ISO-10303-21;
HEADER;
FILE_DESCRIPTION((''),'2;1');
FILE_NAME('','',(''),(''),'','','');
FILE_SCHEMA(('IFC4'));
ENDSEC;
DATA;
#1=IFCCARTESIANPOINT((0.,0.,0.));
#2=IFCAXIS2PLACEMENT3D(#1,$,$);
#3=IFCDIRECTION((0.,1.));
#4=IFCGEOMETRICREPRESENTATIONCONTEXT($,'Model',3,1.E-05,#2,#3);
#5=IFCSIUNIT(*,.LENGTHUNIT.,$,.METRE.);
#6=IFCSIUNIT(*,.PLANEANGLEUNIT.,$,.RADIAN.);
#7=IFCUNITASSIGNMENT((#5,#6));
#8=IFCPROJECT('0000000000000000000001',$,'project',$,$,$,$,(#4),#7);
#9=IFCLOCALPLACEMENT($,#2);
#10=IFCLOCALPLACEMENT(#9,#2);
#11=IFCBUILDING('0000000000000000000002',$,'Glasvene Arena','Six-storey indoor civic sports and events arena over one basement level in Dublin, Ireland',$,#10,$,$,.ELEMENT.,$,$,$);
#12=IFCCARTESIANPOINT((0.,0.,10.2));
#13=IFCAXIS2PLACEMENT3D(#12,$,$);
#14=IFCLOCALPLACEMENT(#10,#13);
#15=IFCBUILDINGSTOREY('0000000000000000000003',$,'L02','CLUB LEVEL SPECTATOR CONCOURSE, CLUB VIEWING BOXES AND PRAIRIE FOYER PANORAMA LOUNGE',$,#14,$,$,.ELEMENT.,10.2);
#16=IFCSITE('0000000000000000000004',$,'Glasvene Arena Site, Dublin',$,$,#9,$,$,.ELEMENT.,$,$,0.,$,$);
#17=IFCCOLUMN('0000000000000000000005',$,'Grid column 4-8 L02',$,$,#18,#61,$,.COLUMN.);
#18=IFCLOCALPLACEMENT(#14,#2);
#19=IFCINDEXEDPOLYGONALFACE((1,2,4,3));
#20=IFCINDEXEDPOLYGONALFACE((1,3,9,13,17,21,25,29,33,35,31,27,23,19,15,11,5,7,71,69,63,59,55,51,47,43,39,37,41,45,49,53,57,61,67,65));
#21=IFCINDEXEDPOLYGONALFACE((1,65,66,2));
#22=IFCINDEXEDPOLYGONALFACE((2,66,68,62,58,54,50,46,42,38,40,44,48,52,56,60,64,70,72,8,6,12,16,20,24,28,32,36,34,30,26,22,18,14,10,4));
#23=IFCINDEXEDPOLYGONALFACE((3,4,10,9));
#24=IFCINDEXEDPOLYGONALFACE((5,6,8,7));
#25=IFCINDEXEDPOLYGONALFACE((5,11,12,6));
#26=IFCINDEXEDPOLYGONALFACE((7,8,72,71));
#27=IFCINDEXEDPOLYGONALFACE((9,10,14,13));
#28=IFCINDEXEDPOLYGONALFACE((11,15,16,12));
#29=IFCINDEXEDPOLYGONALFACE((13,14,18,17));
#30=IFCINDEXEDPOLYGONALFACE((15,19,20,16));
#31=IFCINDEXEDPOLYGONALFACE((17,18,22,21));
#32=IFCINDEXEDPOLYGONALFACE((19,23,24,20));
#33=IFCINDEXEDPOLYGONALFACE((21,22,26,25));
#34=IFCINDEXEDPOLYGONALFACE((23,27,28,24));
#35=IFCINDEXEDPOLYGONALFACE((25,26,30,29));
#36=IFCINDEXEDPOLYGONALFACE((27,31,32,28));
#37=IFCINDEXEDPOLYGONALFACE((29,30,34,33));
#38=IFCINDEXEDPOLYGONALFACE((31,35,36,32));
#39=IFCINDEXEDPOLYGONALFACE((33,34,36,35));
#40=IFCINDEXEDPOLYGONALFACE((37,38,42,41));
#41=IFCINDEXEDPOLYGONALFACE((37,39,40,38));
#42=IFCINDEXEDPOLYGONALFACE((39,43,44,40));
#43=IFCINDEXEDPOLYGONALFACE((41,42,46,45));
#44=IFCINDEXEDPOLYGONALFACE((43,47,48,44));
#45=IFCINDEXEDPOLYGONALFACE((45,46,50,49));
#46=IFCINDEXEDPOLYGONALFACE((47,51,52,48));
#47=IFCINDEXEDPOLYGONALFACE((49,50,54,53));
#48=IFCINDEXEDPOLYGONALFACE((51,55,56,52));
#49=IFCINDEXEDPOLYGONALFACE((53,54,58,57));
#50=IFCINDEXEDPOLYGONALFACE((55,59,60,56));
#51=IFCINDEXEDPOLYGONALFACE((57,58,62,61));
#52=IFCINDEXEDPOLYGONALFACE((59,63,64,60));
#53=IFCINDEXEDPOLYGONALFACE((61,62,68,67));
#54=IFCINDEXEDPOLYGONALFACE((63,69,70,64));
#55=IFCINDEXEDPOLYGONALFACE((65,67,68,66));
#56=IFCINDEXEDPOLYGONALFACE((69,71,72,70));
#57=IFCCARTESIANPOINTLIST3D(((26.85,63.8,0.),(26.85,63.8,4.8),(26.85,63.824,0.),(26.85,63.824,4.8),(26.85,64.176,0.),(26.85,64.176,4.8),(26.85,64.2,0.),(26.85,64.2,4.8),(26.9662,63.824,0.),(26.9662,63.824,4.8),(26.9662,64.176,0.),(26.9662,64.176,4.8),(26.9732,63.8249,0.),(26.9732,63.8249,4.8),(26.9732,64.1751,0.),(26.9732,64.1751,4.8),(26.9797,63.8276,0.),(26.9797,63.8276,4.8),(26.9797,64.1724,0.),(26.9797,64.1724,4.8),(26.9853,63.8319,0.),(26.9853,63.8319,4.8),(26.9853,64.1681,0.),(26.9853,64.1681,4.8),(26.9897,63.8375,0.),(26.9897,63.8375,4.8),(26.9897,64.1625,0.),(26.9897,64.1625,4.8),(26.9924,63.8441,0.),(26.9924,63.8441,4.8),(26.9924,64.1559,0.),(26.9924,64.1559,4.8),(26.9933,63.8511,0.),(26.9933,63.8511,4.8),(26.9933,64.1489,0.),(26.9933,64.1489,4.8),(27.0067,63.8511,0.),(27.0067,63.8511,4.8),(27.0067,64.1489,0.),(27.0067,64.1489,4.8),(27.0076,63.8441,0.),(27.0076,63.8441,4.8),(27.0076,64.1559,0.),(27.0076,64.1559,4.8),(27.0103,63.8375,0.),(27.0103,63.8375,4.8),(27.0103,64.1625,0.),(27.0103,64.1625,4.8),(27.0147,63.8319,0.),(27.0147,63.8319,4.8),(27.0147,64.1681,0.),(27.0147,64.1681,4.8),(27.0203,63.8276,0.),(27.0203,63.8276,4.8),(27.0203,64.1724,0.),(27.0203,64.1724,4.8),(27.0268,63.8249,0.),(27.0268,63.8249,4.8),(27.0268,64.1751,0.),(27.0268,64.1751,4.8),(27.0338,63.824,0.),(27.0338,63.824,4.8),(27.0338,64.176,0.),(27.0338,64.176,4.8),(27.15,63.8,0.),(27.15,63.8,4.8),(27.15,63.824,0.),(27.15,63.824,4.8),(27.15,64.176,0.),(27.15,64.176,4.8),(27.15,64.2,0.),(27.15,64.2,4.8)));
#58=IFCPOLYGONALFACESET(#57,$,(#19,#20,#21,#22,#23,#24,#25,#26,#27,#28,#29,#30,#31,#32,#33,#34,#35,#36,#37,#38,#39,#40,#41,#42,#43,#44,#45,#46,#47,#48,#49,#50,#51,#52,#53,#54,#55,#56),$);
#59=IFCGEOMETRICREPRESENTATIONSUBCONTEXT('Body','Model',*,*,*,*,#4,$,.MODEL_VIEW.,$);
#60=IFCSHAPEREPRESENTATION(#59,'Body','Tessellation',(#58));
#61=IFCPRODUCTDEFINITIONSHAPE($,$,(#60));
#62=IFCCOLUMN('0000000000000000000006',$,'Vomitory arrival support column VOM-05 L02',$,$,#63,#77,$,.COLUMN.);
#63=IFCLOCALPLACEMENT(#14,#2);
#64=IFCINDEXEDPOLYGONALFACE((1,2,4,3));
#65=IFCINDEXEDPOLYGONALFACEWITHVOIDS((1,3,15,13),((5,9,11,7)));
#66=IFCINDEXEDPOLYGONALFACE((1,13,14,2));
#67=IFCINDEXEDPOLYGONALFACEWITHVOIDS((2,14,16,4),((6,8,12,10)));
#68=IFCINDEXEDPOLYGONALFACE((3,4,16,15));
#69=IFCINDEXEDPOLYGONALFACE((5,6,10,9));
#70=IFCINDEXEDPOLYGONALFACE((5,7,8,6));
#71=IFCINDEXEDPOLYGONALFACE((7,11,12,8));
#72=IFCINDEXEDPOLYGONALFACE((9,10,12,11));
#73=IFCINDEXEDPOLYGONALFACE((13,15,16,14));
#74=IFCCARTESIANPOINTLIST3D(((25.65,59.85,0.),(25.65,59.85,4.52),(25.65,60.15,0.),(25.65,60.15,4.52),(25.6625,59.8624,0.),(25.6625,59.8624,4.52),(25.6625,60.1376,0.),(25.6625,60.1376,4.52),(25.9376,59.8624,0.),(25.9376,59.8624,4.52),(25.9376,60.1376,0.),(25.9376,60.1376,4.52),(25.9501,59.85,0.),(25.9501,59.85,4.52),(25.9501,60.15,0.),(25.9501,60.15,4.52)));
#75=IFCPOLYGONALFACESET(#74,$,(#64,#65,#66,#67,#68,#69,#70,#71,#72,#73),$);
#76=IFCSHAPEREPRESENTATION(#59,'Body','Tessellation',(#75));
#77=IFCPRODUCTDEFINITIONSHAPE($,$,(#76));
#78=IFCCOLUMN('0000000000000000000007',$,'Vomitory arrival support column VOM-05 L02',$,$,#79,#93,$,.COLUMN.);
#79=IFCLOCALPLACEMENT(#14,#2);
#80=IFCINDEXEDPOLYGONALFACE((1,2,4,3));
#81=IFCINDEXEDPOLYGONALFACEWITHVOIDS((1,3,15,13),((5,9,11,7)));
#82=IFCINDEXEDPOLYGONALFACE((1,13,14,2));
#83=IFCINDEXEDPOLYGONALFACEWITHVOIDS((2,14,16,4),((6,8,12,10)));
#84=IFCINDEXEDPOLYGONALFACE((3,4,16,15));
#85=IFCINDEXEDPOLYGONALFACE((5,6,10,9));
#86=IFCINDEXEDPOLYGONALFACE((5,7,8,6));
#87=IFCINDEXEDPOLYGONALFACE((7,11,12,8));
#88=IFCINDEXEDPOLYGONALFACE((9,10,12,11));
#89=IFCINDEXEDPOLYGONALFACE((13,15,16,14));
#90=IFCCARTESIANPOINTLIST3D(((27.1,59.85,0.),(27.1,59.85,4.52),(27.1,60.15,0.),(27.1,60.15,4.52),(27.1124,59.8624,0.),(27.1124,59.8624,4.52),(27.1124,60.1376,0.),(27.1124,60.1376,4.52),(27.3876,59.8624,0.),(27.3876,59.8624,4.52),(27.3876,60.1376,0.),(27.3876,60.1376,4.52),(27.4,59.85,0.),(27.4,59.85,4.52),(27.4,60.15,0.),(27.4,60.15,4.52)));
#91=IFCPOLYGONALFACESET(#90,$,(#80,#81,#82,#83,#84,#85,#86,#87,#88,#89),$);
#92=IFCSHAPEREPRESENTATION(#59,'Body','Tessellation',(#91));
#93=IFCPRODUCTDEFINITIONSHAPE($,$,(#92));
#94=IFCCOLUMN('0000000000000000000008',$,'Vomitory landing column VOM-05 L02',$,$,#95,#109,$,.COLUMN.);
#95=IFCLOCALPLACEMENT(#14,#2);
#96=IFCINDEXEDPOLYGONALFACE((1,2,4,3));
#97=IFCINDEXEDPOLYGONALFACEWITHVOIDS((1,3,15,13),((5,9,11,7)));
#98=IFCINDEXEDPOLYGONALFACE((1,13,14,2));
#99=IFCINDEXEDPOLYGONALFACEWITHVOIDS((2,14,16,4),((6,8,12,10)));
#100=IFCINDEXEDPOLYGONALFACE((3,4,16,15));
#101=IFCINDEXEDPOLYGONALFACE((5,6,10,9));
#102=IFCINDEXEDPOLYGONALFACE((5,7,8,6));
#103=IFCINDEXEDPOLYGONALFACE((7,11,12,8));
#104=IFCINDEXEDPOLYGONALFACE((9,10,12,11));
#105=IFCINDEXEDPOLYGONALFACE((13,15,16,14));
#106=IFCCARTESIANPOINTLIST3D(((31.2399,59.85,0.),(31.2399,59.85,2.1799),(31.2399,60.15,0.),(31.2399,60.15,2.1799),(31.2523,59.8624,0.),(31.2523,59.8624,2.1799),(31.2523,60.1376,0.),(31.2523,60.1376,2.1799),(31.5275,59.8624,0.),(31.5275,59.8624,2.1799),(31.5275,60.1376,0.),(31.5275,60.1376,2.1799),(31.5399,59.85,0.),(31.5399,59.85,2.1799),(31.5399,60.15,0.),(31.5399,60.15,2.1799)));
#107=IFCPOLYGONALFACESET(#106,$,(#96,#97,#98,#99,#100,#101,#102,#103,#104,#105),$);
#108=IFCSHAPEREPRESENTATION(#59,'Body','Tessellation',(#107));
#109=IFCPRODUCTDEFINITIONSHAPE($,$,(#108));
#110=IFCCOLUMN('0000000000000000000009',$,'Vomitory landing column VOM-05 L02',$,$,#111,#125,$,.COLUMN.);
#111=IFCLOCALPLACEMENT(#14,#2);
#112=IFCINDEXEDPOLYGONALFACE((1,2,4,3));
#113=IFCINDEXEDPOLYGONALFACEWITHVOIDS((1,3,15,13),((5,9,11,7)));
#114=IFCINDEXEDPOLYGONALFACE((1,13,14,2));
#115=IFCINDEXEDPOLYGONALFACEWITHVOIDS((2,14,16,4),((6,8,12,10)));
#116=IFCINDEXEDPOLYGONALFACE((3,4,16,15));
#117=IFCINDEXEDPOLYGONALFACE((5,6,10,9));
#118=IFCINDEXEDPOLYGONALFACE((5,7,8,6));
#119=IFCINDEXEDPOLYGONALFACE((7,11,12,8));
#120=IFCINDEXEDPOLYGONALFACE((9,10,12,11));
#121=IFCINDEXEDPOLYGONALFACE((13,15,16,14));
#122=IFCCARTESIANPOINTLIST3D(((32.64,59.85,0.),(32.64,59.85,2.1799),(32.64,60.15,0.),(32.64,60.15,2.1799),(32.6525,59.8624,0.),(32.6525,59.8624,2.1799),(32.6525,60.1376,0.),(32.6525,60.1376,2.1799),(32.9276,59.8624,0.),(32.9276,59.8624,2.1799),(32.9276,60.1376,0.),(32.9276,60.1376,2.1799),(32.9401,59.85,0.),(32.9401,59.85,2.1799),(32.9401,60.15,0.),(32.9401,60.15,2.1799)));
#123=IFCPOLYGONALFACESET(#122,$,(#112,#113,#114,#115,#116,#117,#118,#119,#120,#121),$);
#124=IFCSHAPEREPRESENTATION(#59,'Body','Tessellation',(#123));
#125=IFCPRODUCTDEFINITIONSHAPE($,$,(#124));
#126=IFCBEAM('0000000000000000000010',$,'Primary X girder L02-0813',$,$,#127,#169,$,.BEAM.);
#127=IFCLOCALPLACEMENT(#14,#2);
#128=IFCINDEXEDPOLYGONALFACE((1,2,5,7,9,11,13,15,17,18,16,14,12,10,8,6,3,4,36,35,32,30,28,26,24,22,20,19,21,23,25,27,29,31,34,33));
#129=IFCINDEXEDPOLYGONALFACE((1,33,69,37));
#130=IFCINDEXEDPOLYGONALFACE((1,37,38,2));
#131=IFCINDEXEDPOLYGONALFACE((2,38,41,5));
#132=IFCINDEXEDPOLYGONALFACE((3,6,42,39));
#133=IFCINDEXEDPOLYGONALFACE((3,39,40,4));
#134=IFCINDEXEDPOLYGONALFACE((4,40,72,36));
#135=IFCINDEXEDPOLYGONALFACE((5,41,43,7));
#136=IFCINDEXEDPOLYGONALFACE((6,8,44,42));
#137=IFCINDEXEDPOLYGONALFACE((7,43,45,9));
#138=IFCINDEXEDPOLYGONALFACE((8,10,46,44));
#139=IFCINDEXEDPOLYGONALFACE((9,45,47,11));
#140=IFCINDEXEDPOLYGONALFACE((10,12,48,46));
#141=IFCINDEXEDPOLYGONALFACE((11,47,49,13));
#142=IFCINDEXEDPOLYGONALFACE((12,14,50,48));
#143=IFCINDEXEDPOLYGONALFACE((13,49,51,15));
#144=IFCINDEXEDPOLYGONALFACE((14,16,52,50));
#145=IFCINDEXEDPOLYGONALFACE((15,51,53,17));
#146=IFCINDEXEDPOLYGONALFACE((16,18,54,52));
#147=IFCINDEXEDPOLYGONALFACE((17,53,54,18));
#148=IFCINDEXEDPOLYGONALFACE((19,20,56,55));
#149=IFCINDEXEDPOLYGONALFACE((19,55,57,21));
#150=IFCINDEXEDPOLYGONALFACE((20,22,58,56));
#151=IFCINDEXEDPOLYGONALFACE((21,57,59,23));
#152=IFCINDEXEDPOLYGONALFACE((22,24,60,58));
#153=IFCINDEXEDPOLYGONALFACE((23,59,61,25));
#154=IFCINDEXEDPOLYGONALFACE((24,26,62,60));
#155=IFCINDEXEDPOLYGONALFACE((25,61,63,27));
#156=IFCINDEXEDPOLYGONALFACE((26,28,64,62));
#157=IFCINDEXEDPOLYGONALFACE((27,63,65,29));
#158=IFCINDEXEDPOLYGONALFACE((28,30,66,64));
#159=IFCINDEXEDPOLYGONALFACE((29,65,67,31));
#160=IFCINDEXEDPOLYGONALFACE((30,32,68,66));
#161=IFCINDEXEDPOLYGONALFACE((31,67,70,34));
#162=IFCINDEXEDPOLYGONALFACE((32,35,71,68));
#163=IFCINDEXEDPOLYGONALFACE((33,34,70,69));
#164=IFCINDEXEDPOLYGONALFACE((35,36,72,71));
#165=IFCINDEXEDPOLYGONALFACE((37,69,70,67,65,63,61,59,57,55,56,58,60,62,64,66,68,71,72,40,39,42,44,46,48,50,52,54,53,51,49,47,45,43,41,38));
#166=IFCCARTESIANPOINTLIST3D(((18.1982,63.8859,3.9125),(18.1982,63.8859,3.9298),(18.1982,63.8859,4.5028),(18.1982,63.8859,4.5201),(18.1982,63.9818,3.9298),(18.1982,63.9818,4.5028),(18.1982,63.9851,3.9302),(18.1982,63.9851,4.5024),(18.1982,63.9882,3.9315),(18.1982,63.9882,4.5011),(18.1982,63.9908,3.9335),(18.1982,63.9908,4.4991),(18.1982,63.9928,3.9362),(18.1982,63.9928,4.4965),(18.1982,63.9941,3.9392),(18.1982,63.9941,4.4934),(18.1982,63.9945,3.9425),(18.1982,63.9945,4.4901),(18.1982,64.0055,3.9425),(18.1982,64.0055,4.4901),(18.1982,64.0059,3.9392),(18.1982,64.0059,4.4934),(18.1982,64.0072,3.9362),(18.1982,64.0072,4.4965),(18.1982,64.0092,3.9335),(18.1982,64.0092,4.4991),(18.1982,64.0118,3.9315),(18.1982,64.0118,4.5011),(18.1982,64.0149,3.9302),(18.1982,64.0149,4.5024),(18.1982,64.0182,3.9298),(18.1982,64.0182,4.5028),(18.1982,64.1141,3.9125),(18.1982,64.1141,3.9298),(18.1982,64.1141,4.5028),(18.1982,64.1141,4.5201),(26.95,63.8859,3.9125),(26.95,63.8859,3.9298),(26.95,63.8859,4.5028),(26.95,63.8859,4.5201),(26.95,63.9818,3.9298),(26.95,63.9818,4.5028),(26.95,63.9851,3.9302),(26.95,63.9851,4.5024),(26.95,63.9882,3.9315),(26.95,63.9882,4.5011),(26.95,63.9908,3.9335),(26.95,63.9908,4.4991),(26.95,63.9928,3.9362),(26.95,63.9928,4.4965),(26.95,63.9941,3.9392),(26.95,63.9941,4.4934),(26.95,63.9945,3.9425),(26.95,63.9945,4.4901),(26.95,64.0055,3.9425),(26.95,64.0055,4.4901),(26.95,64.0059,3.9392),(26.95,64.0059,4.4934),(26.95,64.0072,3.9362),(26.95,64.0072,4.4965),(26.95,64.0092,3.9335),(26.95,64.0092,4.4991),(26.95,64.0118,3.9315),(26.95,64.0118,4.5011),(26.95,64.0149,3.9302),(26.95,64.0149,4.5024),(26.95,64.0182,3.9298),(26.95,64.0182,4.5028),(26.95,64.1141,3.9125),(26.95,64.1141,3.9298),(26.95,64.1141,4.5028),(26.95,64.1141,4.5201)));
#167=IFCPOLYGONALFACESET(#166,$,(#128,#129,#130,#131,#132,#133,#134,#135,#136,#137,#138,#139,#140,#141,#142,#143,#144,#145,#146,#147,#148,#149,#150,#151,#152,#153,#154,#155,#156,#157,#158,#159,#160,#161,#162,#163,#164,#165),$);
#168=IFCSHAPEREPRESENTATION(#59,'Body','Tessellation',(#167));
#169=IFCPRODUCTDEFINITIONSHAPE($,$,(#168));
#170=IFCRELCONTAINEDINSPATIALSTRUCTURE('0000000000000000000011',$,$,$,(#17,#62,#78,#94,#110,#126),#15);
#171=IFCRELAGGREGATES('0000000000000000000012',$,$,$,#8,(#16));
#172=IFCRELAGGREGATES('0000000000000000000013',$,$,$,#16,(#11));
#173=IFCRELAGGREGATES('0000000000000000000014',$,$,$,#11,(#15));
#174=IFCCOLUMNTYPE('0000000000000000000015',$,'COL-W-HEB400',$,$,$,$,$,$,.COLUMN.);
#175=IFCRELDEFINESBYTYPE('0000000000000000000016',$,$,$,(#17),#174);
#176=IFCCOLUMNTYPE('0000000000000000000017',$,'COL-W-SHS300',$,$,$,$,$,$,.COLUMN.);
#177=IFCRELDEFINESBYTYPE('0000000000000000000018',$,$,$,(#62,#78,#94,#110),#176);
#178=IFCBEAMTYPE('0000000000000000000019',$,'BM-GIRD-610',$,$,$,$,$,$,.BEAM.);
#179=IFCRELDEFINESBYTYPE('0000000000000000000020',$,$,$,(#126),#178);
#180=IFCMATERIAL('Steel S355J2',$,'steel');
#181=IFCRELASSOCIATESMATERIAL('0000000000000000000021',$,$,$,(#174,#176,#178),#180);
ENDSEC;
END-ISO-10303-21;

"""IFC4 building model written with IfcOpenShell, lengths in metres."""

from ifc_helpers import new_model, si_unit, direction, frame, origin, origin_2d, place, context, subcontext, project, spatial, hollow_rectangle, i_section, extrude, material, material_profile, profile_set, type_object, element, save


model = new_model("IFC4")

# Units and contexts
model_context = context("Model", 3, precision=1e-05, world=origin(), true_north=direction((0.0, 1.0)))
body_context = subcontext(model_context, "Body", "Model", "MODEL_VIEW")
ifc_project = project(units=[si_unit("LENGTHUNIT", "METRE"), si_unit("PLANEANGLEUNIT", "RADIAN")], contexts=[model_context])

# Site, building, storey
site_placement = place(None, origin())
site = spatial("IfcSite", under=ifc_project, at=site_placement, Name="Glasvene Arena Site, Dublin", CompositionType="ELEMENT", RefElevation=0.0)
building_placement = place(site_placement, origin())
building = spatial("IfcBuilding", under=site, at=building_placement, Name="Glasvene Arena", Description="Six-storey indoor civic sports and events arena over one basement level in Dublin, Ireland", CompositionType="ELEMENT")
storey_placement = place(building_placement, frame((0.0, 0.0, 10.2)))
storey = spatial("IfcBuildingStorey", under=building, at=storey_placement, Name="L02", Description="CLUB LEVEL SPECTATOR CONCOURSE, CLUB VIEWING BOXES AND PRAIRIE FOYER PANORAMA LOUNGE", CompositionType="ELEMENT", Elevation=10.2)

# Columns
ifc_material_1 = material(Name="Steel S355J2", Category="steel")
ifc_material_profile_1 = material_profile(ifc_material_1, i_section(OverallWidth=0.3, OverallDepth=0.3999, WebThickness=0.0134, FlangeThickness=0.0239, FilletRadius=0.0271, at=origin_2d()), Name="HEB 400")
ifc_profile_set_1 = profile_set([ifc_material_profile_1], Name="Steel S355J2")
column_type_1 = type_object("IfcColumnType", Name="COL-W-HEB400", PredefinedType="COLUMN", material=ifc_profile_set_1)
for number, where, z_axis, x_axis, name in (
    (1, (27.0, 64.0, 0.0), (0.0, 0.0, 1.0), (1.0, 0.0, 0.0), "Grid column 4-8 L02"),
):
    element("IfcColumn", number, at=place(storey_placement, frame(where, z_axis=z_axis, x_axis=x_axis)), inside=storey, type_object=column_type_1, Name=name, PredefinedType="COLUMN", context=body_context, shape_type="SweptSolid", body=[
        extrude(i_section(OverallWidth=0.3, OverallDepth=0.3999, WebThickness=0.0134, FlangeThickness=0.0239, FilletRadius=0.0271, at=origin_2d()), origin(), (0.0, 0.0, 1.0), 4.8),
    ])
ifc_material_profile_2 = material_profile(ifc_material_1, hollow_rectangle(XDim=0.3, YDim=0.3, WallThickness=0.0125, at=origin_2d()), Name="SHS 300x300x12.5")
ifc_profile_set_2 = profile_set([ifc_material_profile_2], Name="Steel S355J2")
column_type_2 = type_object("IfcColumnType", Name="COL-W-SHS300", PredefinedType="COLUMN", material=ifc_profile_set_2)
for number, where, z_axis, x_axis, name in (
    (2, (25.8, 60.0, 0.0), (0.0, 0.0, 1.0), (1.0, 0.0, 0.0), "Vomitory arrival support column VOM-05 L02"),
    (3, (27.25, 60.0, 0.0), (0.0, 0.0, 1.0), (1.0, 0.0, 0.0), "Vomitory arrival support column VOM-05 L02"),
):
    element("IfcColumn", number, at=place(storey_placement, frame(where, z_axis=z_axis, x_axis=x_axis)), inside=storey, type_object=column_type_2, Name=name, PredefinedType="COLUMN", context=body_context, shape_type="SweptSolid", body=[
        extrude(hollow_rectangle(XDim=0.3, YDim=0.3, WallThickness=0.0125, at=origin_2d()), origin(), (0.0, 0.0, 1.0), 4.52),
    ])
for number, where, z_axis, x_axis, name in (
    (4, (31.3899, 60.0, 0.0), (0.0, 0.0, 1.0), (1.0, 0.0, 0.0), "Vomitory landing column VOM-05 L02"),
    (5, (32.79, 60.0, 0.0), (0.0, 0.0, 1.0), (1.0, 0.0, 0.0), "Vomitory landing column VOM-05 L02"),
):
    element("IfcColumn", number, at=place(storey_placement, frame(where, z_axis=z_axis, x_axis=x_axis)), inside=storey, type_object=column_type_2, Name=name, PredefinedType="COLUMN", context=body_context, shape_type="SweptSolid", body=[
        extrude(hollow_rectangle(XDim=0.3, YDim=0.3, WallThickness=0.0125, at=origin_2d()), origin(), (0.0, 0.0, 1.0), 2.1799),
    ])

# Beam
ifc_material_profile_3 = material_profile(ifc_material_1, i_section(OverallWidth=0.2283, OverallDepth=0.6077, WebThickness=0.011, FlangeThickness=0.0173, FilletRadius=0.0127, at=origin_2d()), Name="UKB 610x229x113")
ifc_profile_set_3 = profile_set([ifc_material_profile_3], Name="Steel S355J2")
beam_type_1 = type_object("IfcBeamType", Name="BM-GIRD-610", PredefinedType="BEAM", material=ifc_profile_set_3)
for number, where, z_axis, x_axis, name in (
    (6, (18.1982, 64.0, 4.2163), (1.0, 0.0, 0.0), (0.0, 1.0, 0.0), "Primary X girder L02-0813"),
):
    element("IfcBeam", number, at=place(storey_placement, frame(where, z_axis=z_axis, x_axis=x_axis)), inside=storey, type_object=beam_type_1, Name=name, PredefinedType="BEAM", context=body_context, shape_type="SweptSolid", body=[
        extrude(i_section(OverallWidth=0.2283, OverallDepth=0.6077, WebThickness=0.011, FlangeThickness=0.0173, FilletRadius=0.0127, at=origin_2d()), origin(), (0.0, 0.0, 1.0), 8.7517),
    ])

save(model, "model.ifc")
